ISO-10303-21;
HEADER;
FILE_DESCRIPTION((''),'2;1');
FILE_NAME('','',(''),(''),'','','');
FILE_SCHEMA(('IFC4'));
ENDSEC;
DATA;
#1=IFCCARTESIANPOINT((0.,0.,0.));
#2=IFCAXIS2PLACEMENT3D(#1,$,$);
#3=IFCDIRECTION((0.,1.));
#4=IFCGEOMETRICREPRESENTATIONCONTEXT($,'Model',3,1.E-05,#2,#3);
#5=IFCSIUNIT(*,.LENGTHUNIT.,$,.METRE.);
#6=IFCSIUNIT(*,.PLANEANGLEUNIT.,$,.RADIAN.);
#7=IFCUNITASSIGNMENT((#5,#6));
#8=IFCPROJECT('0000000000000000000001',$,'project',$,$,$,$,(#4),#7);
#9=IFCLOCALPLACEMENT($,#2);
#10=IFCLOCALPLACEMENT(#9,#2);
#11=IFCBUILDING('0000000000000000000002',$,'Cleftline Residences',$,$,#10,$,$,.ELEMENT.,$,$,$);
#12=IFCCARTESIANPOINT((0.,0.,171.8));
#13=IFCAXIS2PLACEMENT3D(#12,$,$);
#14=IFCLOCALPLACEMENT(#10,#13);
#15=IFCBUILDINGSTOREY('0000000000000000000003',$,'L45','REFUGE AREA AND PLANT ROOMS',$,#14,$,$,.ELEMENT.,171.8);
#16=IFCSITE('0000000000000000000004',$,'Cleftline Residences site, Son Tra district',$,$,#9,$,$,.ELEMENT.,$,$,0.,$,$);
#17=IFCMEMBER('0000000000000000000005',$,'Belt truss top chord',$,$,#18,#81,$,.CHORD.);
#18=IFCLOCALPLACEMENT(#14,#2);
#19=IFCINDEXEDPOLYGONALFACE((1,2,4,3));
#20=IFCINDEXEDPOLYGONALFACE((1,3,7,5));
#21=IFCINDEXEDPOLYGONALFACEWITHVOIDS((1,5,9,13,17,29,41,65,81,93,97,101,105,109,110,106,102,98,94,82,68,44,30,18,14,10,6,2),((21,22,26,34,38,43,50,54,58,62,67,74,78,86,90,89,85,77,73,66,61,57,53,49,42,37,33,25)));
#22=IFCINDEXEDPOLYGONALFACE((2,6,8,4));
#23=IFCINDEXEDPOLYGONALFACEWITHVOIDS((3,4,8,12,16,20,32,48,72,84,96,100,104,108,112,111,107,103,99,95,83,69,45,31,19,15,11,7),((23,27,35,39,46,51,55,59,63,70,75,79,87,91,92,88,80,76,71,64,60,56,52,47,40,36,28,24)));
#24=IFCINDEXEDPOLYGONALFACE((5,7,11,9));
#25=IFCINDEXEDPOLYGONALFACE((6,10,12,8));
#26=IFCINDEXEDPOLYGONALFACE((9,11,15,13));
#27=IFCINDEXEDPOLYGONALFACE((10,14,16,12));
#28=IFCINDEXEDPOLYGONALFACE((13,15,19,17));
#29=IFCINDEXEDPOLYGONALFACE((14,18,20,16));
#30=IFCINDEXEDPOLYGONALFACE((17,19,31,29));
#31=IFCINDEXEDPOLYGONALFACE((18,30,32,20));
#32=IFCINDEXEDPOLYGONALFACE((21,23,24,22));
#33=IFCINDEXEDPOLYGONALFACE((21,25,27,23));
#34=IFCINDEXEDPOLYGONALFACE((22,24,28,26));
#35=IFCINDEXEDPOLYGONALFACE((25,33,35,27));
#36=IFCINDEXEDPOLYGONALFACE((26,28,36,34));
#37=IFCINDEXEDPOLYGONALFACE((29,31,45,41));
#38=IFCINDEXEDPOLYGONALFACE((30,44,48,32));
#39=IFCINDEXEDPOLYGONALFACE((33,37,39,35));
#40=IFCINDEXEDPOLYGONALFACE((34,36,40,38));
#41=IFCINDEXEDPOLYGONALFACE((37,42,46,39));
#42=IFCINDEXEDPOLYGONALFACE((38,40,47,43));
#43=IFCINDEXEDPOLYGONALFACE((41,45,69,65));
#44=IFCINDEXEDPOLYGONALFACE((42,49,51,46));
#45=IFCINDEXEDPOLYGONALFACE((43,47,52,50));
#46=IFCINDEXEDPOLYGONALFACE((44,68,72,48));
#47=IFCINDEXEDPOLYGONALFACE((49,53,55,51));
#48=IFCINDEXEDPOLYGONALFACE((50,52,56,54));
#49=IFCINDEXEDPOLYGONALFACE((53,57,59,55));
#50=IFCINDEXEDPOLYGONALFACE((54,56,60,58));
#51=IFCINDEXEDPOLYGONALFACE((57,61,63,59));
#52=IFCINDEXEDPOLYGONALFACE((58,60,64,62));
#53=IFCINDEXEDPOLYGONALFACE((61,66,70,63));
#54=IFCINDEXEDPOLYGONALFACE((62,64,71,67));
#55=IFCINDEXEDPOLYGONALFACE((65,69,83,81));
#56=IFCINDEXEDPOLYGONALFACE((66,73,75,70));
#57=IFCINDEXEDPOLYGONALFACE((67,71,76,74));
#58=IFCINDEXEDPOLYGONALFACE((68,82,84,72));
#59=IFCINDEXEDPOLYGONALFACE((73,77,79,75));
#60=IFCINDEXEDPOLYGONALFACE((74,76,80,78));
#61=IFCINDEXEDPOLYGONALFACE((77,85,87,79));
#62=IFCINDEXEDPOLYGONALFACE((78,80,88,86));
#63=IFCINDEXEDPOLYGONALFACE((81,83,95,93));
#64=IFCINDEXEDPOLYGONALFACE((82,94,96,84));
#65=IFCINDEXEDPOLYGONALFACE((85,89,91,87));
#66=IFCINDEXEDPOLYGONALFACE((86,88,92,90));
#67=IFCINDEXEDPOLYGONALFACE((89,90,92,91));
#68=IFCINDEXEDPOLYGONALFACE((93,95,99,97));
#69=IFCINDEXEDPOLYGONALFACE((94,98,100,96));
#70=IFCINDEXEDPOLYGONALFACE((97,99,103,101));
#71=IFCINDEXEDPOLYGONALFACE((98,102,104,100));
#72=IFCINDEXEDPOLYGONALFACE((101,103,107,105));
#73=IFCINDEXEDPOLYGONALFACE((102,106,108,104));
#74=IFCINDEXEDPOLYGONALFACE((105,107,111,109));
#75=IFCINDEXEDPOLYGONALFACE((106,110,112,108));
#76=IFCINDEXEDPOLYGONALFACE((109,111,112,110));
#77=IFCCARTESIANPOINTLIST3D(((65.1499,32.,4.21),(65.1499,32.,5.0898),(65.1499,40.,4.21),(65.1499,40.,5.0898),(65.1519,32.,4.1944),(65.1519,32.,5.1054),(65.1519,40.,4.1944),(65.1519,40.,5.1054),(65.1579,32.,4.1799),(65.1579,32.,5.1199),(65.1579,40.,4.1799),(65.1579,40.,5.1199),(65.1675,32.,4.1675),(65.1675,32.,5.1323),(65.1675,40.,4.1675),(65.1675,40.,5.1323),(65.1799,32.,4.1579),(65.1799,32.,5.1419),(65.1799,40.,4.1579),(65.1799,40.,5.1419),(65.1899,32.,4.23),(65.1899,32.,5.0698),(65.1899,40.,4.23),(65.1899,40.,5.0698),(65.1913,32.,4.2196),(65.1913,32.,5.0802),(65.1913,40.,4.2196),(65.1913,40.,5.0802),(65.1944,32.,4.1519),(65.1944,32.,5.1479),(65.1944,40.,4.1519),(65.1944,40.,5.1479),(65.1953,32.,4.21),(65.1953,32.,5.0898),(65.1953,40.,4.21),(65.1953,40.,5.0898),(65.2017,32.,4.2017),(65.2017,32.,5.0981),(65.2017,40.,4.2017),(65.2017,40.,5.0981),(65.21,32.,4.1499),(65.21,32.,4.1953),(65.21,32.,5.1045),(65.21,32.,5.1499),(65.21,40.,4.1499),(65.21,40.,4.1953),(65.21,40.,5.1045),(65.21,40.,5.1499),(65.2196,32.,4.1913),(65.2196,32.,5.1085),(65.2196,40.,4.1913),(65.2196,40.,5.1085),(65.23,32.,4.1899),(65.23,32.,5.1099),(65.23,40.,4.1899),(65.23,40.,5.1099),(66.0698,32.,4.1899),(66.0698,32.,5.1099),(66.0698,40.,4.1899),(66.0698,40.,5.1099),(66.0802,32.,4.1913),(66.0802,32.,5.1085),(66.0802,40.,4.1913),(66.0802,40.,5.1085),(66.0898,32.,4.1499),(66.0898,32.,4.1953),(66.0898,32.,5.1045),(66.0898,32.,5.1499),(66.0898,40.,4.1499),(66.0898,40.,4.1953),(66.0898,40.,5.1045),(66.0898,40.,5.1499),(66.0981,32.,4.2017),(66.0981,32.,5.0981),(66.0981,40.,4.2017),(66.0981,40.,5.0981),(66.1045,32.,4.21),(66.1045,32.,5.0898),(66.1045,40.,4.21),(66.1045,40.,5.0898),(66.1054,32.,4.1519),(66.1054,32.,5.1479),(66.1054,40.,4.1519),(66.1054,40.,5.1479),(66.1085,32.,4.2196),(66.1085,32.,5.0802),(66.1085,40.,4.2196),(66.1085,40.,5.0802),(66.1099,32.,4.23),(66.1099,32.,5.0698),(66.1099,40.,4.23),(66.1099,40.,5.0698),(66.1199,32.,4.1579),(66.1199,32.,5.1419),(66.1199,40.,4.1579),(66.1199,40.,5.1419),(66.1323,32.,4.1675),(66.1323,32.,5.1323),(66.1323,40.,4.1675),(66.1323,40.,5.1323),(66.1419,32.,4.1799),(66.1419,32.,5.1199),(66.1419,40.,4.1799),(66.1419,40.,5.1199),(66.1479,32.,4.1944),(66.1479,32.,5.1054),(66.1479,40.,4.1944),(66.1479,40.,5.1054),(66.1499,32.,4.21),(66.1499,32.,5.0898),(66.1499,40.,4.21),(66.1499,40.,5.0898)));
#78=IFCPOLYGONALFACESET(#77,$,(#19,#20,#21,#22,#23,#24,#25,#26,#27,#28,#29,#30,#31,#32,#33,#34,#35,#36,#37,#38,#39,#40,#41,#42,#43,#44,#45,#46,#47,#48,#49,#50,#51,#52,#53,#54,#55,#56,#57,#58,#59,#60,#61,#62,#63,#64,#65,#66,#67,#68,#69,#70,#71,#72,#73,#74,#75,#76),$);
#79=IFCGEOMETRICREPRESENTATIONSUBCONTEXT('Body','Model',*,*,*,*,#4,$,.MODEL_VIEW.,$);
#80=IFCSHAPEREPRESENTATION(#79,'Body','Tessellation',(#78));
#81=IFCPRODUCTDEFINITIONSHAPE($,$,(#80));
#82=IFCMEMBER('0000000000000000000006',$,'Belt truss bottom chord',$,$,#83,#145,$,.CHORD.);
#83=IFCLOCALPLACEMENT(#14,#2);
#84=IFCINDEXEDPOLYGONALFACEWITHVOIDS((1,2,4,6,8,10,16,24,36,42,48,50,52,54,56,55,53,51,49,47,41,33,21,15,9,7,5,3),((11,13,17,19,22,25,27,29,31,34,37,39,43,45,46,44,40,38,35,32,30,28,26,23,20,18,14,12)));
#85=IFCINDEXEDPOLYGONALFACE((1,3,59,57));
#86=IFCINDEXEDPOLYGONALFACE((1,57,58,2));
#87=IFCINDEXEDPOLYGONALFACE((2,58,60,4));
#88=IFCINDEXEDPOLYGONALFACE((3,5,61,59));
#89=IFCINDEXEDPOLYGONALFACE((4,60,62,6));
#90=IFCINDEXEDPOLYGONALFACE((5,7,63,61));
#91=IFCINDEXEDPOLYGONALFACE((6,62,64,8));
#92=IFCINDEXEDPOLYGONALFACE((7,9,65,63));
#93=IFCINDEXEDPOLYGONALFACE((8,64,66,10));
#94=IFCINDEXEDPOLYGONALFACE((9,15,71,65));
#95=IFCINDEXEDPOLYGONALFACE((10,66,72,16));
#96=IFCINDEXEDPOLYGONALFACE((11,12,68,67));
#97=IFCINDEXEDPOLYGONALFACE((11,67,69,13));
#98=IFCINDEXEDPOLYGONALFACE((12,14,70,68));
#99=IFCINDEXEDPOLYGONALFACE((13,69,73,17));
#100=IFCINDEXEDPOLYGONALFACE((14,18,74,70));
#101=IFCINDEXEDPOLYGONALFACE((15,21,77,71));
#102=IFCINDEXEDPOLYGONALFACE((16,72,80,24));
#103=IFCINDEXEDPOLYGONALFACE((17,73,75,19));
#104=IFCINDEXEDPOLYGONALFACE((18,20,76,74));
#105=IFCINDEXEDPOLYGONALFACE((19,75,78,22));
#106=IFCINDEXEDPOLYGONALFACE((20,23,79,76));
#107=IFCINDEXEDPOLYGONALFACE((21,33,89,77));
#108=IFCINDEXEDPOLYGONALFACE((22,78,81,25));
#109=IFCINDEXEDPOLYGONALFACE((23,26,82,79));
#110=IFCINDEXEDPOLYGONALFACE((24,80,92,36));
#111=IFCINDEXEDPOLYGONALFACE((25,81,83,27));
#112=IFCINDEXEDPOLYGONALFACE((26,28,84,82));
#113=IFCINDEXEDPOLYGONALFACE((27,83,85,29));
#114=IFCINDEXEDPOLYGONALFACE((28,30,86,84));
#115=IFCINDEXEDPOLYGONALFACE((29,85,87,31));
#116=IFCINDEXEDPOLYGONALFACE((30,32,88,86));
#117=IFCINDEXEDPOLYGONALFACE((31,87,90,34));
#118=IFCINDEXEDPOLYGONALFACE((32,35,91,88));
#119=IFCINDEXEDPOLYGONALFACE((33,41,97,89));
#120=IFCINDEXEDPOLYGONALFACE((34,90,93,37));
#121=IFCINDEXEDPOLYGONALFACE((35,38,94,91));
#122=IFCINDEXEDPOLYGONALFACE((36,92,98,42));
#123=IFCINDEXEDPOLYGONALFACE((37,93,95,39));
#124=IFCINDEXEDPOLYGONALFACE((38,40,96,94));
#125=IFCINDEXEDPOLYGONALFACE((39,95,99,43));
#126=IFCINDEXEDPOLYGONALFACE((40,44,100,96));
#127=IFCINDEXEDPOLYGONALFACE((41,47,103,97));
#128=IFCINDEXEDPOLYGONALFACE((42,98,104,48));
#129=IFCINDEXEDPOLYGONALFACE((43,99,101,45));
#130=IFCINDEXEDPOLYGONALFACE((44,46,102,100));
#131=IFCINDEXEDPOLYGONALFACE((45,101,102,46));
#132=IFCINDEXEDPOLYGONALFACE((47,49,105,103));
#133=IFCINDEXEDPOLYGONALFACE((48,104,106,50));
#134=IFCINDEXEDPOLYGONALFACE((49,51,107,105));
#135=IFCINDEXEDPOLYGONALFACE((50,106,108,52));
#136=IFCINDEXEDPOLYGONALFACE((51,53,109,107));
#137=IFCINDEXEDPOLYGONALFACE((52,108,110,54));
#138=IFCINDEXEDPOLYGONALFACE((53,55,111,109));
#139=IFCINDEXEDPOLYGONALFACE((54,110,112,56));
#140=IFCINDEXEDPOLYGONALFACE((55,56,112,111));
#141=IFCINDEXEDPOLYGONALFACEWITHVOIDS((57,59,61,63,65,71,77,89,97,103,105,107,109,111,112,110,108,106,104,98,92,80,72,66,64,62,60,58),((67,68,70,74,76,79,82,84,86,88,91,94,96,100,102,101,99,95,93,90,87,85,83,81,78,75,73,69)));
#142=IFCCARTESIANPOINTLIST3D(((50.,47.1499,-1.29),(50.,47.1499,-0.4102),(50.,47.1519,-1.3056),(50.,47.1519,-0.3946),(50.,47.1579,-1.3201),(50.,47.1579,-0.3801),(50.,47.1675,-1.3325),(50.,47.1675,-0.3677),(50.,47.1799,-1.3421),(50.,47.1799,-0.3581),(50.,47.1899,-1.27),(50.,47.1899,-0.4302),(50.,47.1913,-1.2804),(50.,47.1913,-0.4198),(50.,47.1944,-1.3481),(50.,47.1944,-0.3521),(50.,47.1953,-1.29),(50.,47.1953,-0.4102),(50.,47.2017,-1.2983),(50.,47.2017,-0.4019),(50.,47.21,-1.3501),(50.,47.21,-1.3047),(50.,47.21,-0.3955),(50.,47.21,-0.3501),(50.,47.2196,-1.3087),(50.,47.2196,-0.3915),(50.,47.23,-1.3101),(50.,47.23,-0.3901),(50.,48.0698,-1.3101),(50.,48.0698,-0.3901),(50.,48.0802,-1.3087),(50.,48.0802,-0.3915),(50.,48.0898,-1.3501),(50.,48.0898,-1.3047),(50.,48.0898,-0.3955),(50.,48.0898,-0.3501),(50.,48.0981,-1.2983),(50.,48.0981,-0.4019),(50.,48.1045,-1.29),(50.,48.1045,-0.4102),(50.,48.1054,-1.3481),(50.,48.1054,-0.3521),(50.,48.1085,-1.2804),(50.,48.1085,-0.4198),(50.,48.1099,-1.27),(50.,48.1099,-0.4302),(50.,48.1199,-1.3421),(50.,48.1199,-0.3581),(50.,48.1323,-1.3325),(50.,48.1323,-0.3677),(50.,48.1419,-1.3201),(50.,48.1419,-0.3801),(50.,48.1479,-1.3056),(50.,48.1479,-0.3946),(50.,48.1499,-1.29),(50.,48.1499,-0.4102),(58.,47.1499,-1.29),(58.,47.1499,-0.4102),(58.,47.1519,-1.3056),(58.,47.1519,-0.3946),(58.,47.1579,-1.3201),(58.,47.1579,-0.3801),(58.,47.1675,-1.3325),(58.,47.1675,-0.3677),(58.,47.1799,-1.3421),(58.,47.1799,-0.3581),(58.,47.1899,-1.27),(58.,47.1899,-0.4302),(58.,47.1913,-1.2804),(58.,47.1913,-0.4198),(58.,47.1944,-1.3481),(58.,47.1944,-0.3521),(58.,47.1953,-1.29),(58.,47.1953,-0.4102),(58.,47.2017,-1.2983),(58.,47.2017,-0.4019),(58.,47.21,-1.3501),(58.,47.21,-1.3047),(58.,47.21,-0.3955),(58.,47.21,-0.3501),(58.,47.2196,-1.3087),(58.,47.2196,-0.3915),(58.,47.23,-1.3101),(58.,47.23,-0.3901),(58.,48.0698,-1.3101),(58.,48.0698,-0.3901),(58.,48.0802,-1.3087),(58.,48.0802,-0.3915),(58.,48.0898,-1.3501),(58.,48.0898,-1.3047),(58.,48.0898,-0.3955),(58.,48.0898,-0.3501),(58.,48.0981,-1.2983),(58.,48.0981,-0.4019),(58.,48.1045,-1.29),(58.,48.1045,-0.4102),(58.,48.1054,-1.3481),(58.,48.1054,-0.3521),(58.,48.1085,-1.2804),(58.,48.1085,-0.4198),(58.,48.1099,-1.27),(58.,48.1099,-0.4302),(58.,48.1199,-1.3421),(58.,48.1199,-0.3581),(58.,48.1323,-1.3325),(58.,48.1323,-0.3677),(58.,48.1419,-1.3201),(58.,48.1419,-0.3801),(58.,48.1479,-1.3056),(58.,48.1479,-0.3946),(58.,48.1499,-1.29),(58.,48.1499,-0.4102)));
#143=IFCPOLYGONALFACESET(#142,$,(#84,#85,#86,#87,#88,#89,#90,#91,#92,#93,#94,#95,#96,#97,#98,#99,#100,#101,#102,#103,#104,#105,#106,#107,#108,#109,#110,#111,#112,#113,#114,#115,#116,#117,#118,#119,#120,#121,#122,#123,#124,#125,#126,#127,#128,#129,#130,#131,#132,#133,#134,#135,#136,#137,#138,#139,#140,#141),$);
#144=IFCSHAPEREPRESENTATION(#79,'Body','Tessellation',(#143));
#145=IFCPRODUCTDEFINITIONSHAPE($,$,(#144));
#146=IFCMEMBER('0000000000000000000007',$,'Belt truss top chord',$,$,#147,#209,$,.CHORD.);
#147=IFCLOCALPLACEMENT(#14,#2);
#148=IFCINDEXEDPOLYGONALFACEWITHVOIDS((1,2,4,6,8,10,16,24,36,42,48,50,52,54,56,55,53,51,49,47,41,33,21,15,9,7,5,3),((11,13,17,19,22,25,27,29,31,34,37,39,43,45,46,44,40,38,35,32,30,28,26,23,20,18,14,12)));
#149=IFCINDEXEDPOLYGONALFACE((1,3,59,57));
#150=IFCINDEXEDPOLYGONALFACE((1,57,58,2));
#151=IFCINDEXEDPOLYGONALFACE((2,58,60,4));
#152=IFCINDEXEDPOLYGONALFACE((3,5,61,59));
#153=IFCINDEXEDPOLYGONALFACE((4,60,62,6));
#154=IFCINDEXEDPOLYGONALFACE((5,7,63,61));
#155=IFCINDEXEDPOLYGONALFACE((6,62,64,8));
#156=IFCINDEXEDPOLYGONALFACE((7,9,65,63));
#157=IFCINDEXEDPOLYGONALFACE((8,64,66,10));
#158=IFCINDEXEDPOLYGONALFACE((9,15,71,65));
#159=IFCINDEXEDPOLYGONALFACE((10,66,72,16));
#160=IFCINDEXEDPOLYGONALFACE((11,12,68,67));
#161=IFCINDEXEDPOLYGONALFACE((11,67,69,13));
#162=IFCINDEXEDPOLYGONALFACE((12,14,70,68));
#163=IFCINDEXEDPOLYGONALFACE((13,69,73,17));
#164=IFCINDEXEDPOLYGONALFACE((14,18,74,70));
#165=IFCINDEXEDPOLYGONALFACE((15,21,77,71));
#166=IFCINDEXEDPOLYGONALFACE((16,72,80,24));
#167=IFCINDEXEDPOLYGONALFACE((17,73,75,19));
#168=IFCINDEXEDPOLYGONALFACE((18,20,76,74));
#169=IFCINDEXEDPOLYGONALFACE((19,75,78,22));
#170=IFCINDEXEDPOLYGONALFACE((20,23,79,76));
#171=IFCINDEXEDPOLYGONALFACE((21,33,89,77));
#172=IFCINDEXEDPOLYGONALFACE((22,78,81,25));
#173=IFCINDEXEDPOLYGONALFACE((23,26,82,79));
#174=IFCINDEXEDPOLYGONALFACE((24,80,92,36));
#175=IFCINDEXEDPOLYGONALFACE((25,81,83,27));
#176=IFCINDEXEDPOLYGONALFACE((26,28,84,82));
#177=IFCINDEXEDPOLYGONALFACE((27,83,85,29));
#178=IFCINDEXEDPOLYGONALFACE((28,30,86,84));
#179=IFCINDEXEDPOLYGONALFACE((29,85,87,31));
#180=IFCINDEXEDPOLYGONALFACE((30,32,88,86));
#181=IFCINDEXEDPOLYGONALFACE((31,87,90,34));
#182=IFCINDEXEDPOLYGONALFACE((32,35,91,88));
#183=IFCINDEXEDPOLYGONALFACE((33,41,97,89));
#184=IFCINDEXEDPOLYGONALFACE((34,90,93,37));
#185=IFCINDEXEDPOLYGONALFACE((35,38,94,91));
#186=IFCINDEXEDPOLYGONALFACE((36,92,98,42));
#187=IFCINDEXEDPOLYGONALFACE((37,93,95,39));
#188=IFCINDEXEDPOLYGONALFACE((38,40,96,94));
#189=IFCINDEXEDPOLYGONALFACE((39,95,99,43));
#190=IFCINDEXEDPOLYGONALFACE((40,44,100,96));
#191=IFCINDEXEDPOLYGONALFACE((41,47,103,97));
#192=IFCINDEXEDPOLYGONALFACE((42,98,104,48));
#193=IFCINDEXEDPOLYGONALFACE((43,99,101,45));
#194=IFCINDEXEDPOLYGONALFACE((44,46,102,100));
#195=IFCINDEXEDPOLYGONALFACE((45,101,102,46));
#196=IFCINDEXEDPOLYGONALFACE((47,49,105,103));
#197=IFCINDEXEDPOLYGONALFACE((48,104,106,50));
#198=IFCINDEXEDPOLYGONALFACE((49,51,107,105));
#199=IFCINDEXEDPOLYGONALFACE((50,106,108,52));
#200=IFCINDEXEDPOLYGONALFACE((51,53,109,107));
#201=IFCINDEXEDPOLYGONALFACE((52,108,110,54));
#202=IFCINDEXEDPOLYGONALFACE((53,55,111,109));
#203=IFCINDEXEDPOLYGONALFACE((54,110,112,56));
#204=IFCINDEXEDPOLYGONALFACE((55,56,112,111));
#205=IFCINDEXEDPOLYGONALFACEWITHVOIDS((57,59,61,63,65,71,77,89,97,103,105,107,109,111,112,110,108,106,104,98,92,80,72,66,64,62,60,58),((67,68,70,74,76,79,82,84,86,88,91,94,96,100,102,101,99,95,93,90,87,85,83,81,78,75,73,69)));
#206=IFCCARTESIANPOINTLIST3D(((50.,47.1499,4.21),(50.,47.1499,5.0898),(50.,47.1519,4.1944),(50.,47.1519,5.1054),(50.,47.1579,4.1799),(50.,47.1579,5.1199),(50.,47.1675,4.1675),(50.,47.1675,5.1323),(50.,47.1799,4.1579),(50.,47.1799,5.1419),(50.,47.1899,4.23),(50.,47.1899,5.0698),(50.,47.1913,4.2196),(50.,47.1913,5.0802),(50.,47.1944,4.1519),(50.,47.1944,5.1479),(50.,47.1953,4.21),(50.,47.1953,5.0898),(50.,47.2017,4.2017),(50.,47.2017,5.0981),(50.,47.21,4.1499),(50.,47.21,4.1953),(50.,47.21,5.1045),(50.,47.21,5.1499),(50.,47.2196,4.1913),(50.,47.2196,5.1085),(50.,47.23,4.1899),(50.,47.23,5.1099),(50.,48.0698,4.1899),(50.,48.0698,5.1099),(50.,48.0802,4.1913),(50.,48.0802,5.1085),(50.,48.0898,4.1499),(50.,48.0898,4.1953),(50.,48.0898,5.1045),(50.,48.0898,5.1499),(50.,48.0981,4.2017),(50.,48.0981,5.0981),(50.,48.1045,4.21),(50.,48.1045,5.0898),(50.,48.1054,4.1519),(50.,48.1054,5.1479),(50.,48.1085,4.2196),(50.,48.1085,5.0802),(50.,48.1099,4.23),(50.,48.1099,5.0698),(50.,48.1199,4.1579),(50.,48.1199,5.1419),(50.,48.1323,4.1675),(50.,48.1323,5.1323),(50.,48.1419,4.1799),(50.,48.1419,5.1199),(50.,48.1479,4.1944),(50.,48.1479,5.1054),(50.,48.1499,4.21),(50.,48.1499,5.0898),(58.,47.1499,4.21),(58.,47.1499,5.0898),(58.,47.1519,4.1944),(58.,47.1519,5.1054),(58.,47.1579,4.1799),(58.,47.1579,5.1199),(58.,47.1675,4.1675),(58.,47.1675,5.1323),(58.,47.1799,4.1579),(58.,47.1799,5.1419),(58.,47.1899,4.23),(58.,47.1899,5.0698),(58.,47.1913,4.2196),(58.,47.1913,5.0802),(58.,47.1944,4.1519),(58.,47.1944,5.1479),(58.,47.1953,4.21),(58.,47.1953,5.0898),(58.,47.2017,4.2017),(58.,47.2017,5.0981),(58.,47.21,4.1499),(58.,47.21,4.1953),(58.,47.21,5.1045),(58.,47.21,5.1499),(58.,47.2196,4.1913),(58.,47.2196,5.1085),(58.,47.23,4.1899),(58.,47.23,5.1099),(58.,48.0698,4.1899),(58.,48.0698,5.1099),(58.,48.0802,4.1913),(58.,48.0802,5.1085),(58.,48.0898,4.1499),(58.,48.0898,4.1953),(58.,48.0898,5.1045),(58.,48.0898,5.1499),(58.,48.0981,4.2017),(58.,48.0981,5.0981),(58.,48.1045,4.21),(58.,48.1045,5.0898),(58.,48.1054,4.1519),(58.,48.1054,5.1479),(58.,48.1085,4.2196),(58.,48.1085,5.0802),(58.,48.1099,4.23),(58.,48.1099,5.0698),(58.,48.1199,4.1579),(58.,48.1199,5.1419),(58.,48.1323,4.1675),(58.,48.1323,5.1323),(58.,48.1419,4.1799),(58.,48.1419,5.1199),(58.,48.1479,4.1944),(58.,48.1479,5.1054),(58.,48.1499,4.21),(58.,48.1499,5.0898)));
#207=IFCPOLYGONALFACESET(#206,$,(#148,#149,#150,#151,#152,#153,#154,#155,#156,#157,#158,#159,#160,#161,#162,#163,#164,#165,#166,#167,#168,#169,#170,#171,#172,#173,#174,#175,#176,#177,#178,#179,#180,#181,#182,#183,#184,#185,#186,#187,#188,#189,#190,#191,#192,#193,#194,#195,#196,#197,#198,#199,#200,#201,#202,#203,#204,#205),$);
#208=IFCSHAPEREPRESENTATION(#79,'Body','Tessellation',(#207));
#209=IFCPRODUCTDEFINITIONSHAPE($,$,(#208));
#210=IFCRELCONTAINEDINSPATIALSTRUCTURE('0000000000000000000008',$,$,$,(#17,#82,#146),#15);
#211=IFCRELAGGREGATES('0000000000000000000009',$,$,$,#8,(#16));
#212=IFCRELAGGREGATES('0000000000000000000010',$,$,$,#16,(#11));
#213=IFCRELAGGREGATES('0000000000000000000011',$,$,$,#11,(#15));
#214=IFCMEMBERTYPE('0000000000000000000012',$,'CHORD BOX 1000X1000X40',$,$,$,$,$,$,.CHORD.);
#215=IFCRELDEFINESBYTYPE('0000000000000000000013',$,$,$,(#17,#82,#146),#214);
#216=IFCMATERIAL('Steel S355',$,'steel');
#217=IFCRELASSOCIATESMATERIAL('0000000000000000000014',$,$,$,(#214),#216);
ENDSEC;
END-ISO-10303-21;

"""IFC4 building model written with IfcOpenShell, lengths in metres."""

from ifc_helpers import new_model, si_unit, direction, frame, origin, origin_2d, place, context, subcontext, project, spatial, hollow_rectangle, extrude, material, material_profile, profile_set, type_object, element, save


model = new_model("IFC4")

# Units and contexts
model_context = context("Model", 3, precision=1e-05, world=origin(), true_north=direction((0.0, 1.0)))
body_context = subcontext(model_context, "Body", "Model", "MODEL_VIEW")
ifc_project = project(units=[si_unit("LENGTHUNIT", "METRE"), si_unit("PLANEANGLEUNIT", "RADIAN")], contexts=[model_context])

# Site, building, storey
site_placement = place(None, origin())
site = spatial("IfcSite", under=ifc_project, at=site_placement, Name="Cleftline Residences site, Son Tra district", CompositionType="ELEMENT", RefElevation=0.0)
building_placement = place(site_placement, origin())
building = spatial("IfcBuilding", under=site, at=building_placement, Name="Cleftline Residences", CompositionType="ELEMENT")
storey_placement = place(building_placement, frame((0.0, 0.0, 171.8)))
storey = spatial("IfcBuildingStorey", under=building, at=storey_placement, Name="L45", Description="REFUGE AREA AND PLANT ROOMS", CompositionType="ELEMENT", Elevation=171.8)

# Members
ifc_material_1 = material(Name="Steel S355", Category="steel")
ifc_material_profile_1 = material_profile(ifc_material_1, hollow_rectangle(XDim=1.0, YDim=1.0, WallThickness=0.04, InnerFilletRadius=0.04, OuterFilletRadius=0.0601, at=origin_2d()))
ifc_profile_set_1 = profile_set([ifc_material_profile_1], Name="Steel S355")
member_type_1 = type_object("IfcMemberType", Name="CHORD BOX 1000X1000X40", PredefinedType="CHORD", material=ifc_profile_set_1)
for number, where, z_axis, x_axis, name in (
    (1, (65.6499, 32.0, 4.6499), (0.0, 1.0, 0.0), (-1.0, 0.0, 0.0), "Belt truss top chord"),
    (2, (50.0, 47.6499, -0.8501), (1.0, 0.0, 0.0), (0.0, 1.0, 0.0), "Belt truss bottom chord"),
    (3, (50.0, 47.6499, 4.6499), (1.0, 0.0, 0.0), (0.0, 1.0, 0.0), "Belt truss top chord"),
):
    element("IfcMember", number, at=place(storey_placement, frame(where, z_axis=z_axis, x_axis=x_axis)), inside=storey, type_object=member_type_1, Name=name, PredefinedType="CHORD", context=body_context, shape_type="SweptSolid", body=[
        extrude(hollow_rectangle(XDim=1.0, YDim=1.0, WallThickness=0.04, InnerFilletRadius=0.04, OuterFilletRadius=0.0601, at=origin_2d()), origin(), (0.0, 0.0, 1.0), 8.0),
    ])

save(model, "model.ifc")
